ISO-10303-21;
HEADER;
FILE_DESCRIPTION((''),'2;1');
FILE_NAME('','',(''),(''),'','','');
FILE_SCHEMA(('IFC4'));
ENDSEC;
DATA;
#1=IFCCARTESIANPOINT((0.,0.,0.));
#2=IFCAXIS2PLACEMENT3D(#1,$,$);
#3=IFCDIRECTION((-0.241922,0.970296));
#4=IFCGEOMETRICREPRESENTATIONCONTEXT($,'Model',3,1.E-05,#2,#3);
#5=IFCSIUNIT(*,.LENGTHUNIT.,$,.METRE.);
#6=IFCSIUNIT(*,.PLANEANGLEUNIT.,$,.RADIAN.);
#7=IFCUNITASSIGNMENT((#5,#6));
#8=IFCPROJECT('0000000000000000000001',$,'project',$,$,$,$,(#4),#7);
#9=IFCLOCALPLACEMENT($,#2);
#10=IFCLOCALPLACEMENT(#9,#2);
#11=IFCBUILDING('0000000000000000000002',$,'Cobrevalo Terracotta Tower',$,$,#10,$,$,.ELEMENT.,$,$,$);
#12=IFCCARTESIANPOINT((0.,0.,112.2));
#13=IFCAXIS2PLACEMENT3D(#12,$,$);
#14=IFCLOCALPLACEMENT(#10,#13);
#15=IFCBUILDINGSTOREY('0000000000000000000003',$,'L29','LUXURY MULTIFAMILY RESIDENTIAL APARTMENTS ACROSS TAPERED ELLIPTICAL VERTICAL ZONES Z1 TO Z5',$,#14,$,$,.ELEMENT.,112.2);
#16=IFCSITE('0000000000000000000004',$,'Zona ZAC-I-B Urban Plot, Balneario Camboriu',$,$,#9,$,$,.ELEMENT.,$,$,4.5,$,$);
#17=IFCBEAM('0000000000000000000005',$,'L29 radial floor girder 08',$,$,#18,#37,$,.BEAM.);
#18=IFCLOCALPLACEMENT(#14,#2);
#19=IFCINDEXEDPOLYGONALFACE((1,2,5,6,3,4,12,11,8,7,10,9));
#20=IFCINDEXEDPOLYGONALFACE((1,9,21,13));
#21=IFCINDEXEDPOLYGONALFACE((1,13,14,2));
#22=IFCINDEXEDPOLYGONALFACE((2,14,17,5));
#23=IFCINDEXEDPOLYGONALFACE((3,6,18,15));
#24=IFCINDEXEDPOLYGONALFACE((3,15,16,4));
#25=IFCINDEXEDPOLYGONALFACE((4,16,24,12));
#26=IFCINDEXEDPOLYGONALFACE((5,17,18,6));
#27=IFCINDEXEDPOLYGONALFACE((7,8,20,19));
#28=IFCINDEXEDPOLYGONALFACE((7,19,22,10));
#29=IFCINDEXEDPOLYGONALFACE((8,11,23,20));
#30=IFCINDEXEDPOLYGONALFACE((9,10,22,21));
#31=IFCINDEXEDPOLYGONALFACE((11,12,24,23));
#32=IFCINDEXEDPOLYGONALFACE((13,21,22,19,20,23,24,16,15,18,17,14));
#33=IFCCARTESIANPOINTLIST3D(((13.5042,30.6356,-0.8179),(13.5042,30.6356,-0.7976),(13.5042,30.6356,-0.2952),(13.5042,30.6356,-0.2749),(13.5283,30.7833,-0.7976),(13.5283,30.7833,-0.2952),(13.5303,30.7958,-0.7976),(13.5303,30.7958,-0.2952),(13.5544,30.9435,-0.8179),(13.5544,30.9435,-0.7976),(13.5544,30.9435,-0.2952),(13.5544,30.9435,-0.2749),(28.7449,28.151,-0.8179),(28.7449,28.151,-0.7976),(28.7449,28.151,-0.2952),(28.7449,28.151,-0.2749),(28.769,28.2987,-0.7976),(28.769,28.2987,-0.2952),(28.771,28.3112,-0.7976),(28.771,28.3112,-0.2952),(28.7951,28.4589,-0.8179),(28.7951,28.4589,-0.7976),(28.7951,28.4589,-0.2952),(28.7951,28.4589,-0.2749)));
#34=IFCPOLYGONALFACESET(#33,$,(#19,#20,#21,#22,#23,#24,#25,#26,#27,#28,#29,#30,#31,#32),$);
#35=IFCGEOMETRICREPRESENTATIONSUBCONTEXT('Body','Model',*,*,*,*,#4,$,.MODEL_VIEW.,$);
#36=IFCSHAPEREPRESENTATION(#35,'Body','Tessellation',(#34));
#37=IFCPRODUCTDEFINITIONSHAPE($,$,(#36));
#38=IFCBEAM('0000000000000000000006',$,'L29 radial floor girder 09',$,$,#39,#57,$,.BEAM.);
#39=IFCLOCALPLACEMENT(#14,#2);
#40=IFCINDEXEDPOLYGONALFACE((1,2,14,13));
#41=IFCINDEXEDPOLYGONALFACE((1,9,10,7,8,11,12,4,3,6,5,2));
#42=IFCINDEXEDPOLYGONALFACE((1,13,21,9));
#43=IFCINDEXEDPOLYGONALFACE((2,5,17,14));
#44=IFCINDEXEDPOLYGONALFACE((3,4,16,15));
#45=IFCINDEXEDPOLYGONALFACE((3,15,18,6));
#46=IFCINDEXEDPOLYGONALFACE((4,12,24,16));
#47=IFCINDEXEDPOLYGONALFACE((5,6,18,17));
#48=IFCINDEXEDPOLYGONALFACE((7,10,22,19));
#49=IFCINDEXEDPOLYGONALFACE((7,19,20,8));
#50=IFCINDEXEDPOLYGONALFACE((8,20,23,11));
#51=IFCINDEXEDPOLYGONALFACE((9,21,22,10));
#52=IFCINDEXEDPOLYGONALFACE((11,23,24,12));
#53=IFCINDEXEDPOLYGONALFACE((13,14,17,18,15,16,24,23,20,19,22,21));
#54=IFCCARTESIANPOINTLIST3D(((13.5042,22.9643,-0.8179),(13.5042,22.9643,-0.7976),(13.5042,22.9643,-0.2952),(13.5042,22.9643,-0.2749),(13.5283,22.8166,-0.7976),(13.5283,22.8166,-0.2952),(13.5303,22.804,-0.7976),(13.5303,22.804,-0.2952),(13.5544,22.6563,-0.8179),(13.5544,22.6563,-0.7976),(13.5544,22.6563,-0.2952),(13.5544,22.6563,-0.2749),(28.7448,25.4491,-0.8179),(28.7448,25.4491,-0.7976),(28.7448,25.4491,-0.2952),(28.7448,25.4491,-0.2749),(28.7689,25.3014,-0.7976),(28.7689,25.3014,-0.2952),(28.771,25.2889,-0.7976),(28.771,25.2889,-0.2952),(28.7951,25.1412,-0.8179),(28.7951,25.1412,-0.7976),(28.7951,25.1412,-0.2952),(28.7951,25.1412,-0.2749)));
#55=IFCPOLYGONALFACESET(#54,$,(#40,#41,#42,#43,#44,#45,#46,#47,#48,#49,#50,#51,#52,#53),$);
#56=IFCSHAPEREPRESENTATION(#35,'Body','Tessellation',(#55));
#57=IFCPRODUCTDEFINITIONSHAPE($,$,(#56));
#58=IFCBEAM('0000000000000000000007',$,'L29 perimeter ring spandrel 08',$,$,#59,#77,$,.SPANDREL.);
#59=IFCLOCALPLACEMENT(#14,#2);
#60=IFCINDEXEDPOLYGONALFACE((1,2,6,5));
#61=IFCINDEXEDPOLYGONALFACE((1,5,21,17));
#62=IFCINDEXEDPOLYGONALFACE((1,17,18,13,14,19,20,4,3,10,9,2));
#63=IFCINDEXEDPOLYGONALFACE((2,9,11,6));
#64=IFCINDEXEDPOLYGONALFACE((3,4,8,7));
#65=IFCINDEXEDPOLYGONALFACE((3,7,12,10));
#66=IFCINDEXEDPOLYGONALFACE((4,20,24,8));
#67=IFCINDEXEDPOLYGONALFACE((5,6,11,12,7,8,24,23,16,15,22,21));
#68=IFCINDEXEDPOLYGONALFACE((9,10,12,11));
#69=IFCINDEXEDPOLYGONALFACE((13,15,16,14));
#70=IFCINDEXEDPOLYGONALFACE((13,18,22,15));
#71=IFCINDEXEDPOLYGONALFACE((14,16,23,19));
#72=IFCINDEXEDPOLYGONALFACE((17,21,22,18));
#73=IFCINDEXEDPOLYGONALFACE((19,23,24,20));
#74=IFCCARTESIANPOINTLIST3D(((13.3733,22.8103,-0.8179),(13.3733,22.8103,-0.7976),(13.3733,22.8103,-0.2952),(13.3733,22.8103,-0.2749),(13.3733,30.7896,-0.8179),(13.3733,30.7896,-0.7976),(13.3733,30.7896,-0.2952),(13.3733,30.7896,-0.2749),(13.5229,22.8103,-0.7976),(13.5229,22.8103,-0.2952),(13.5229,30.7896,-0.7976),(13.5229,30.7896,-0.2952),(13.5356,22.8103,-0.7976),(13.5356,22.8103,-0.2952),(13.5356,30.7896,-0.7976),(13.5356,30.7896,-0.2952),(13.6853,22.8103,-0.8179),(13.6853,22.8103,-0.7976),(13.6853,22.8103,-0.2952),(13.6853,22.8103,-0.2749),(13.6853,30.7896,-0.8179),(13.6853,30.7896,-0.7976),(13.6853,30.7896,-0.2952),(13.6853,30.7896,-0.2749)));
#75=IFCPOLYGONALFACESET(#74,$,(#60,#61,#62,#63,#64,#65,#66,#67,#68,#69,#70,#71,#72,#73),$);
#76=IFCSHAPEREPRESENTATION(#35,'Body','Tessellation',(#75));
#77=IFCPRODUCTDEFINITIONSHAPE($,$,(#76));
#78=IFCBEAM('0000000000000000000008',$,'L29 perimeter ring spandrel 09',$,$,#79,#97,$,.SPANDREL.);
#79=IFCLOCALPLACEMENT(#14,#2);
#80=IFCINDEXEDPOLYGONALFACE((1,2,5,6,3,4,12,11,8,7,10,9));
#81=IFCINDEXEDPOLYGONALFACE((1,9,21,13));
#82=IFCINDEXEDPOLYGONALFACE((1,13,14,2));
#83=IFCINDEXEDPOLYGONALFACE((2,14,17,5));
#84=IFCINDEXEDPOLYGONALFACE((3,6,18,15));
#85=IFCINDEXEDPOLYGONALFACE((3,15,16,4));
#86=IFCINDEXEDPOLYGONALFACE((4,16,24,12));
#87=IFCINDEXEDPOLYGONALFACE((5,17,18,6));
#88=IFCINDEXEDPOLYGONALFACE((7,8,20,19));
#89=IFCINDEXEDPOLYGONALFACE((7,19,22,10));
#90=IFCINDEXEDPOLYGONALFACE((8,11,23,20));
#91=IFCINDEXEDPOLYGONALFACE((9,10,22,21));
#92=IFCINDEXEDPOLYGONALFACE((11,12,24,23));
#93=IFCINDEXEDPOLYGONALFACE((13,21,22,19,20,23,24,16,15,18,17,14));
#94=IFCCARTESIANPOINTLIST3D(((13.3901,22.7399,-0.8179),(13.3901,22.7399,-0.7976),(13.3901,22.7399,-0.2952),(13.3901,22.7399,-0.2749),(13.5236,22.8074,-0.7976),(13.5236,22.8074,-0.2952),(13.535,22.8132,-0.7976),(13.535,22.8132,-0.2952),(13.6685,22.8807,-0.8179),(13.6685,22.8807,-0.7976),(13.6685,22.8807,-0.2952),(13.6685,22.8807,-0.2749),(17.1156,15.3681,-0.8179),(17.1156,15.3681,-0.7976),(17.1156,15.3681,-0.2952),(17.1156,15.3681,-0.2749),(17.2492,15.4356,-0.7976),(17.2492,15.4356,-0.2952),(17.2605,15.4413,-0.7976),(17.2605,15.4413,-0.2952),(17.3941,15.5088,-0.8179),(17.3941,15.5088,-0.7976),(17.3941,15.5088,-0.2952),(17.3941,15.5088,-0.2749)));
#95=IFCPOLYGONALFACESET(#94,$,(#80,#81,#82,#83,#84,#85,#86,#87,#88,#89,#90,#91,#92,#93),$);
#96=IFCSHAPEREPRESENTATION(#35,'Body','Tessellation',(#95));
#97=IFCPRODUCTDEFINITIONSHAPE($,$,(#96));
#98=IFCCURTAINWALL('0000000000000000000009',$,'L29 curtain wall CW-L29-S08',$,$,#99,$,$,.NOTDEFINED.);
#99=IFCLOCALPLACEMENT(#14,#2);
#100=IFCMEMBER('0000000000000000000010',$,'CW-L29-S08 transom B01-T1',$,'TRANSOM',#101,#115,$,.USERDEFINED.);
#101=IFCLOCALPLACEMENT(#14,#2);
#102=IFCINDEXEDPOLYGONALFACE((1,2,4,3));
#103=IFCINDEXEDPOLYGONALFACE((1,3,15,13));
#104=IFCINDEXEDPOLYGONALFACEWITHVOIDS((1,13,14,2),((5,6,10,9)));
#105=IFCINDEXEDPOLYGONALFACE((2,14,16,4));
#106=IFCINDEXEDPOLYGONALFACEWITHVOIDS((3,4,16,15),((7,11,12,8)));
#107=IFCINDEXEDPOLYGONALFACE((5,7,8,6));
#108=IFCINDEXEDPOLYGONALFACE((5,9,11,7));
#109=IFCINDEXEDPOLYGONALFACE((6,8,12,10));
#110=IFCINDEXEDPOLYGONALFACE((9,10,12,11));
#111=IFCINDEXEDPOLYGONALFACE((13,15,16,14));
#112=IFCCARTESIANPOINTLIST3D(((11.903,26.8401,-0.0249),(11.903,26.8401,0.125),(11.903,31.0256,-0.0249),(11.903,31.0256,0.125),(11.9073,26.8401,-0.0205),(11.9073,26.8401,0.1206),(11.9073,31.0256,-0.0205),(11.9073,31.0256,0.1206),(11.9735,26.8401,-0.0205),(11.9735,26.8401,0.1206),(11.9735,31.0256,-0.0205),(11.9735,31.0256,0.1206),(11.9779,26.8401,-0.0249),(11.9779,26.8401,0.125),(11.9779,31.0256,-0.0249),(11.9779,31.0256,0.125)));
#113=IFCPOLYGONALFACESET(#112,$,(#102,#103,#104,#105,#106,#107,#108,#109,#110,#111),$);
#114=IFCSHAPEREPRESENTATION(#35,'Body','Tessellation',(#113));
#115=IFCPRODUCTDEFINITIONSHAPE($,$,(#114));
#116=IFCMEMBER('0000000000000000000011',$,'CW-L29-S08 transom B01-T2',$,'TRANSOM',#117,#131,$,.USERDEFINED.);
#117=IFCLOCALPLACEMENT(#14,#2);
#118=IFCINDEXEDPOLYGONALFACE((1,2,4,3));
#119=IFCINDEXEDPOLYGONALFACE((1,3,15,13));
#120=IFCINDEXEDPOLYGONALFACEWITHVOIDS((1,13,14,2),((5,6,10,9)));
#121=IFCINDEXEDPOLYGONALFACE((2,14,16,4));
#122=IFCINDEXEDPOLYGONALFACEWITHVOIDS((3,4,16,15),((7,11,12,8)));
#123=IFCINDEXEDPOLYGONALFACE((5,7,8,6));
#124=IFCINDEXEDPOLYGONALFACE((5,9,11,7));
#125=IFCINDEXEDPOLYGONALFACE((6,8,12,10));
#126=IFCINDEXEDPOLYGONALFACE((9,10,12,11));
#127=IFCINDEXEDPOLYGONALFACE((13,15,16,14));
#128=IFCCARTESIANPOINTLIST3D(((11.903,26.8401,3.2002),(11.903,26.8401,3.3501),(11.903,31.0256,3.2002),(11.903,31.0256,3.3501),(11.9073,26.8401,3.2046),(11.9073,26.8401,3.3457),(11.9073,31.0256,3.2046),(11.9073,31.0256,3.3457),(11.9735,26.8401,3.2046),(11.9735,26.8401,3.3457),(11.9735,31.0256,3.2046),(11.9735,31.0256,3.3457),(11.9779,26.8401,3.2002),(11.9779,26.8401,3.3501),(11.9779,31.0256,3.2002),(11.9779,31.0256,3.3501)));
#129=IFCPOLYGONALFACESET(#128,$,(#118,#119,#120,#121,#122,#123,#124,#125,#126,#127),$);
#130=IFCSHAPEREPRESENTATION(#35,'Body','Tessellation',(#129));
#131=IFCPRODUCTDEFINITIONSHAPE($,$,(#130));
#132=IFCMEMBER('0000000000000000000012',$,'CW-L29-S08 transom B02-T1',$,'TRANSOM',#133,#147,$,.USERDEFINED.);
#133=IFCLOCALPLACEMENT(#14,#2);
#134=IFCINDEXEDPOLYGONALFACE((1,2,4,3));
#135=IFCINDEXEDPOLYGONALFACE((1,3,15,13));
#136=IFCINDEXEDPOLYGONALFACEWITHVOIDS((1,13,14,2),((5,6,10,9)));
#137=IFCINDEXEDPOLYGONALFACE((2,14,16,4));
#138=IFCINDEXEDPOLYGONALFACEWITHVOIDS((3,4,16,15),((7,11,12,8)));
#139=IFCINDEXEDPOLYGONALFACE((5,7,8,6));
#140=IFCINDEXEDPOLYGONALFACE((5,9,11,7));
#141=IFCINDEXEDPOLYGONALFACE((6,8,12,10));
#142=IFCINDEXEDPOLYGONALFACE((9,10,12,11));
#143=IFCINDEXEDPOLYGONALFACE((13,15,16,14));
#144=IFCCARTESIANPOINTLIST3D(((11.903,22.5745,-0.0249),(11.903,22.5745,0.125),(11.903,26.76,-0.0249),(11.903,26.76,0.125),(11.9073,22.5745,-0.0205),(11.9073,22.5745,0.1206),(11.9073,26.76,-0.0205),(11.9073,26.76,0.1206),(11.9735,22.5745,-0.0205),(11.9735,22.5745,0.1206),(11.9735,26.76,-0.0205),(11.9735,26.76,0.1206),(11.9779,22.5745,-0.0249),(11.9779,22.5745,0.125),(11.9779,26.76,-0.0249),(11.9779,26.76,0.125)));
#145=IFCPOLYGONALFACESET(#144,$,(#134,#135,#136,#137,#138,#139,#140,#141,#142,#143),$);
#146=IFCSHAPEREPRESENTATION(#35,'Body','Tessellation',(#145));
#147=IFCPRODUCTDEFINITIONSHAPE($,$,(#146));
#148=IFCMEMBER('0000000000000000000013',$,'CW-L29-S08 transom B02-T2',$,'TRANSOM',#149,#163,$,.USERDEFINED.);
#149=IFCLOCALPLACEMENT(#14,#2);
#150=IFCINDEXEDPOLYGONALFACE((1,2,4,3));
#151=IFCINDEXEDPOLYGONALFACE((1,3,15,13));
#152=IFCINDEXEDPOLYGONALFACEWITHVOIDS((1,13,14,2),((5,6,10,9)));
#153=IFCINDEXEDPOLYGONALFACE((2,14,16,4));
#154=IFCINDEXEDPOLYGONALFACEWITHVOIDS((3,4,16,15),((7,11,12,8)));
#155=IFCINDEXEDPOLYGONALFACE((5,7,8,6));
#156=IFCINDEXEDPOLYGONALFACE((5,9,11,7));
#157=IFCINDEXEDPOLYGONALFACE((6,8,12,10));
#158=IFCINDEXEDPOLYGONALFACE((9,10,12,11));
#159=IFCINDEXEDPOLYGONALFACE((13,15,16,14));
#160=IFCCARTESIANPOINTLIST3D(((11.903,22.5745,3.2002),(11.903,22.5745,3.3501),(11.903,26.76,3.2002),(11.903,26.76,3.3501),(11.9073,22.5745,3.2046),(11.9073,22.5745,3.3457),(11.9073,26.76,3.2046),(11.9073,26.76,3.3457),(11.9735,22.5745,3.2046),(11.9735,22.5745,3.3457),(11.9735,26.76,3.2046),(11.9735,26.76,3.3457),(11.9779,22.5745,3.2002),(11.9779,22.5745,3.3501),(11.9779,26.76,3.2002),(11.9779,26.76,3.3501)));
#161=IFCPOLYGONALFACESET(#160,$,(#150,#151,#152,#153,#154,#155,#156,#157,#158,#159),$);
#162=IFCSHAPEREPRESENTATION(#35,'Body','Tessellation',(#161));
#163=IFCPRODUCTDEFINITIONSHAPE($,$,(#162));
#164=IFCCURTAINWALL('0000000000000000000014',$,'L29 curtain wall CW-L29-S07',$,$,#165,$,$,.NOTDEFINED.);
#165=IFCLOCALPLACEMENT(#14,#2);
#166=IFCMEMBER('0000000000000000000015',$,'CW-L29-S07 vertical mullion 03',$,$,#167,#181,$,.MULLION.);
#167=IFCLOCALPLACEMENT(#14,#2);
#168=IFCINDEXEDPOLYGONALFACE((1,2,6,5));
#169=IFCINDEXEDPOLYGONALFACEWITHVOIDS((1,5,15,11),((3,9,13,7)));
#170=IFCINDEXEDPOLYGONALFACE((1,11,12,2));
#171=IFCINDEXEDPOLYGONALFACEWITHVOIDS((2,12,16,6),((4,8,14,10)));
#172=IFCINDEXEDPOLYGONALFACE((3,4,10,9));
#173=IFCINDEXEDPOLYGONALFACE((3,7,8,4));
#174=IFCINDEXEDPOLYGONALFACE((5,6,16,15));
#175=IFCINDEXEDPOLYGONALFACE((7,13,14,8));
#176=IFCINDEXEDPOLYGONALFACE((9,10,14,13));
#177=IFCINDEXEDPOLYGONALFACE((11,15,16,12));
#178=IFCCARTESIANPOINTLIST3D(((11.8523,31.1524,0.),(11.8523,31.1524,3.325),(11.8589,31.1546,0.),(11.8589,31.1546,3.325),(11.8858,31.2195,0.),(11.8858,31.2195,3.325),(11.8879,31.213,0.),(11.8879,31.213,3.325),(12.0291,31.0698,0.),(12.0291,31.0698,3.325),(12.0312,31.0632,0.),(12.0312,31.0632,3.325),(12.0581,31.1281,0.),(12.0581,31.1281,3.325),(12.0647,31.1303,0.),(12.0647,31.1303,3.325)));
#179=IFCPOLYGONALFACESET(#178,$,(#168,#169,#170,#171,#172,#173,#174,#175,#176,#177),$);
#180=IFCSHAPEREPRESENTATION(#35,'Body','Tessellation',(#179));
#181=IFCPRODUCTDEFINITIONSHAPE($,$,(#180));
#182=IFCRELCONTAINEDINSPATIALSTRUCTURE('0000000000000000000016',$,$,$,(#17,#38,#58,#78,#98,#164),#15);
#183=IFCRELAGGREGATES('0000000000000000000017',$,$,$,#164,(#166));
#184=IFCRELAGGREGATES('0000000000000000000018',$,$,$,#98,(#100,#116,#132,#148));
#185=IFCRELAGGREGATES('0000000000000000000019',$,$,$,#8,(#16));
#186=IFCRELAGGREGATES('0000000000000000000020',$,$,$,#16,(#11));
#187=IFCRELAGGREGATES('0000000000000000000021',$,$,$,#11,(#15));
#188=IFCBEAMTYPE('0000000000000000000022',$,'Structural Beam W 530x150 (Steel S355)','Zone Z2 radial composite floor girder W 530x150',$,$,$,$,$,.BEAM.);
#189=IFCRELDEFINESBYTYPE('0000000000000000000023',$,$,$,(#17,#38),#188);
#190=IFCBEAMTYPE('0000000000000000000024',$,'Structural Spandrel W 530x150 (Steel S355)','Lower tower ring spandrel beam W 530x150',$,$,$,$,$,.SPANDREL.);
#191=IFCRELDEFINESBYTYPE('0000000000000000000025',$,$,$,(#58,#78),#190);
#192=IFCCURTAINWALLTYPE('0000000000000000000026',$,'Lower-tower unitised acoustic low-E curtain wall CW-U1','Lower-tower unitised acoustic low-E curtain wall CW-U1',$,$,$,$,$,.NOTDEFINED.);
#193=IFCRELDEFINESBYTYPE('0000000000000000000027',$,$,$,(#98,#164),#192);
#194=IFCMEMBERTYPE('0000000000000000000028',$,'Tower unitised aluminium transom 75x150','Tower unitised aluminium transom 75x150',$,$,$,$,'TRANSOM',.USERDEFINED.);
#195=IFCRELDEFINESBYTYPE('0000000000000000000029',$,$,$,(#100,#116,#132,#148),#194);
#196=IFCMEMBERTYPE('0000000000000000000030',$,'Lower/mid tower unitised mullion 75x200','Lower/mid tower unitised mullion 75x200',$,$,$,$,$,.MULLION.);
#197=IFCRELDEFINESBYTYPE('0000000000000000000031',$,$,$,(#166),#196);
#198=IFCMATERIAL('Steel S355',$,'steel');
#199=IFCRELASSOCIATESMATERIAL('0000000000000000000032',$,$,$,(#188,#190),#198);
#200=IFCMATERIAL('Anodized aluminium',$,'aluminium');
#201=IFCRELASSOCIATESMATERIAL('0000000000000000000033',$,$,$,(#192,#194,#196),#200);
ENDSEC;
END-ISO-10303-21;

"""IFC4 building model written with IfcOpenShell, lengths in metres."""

from ifc_helpers import new_model, si_unit, direction, frame, origin, origin_2d, place, context, subcontext, project, spatial, hollow_rectangle, i_section, extrude, source, transform, mapped, material, material_profile, profile_set, type_object, element, aggregate, save


model = new_model("IFC4")

# Units and contexts
model_context = context("Model", 3, precision=1e-05, world=origin(), true_north=direction((-0.241922, 0.970296)))
body_context = subcontext(model_context, "Body", "Model", "MODEL_VIEW")
ifc_project = project(units=[si_unit("LENGTHUNIT", "METRE"), si_unit("PLANEANGLEUNIT", "RADIAN")], contexts=[model_context])

# Site, building, storey
site_placement = place(None, origin())
site = spatial("IfcSite", under=ifc_project, at=site_placement, Name="Zona ZAC-I-B Urban Plot, Balneario Camboriu", CompositionType="ELEMENT", RefElevation=4.5)
building_placement = place(site_placement, origin())
building = spatial("IfcBuilding", under=site, at=building_placement, Name="Cobrevalo Terracotta Tower", CompositionType="ELEMENT")
storey_placement = place(building_placement, frame((0.0, 0.0, 112.2)))
storey = spatial("IfcBuildingStorey", under=building, at=storey_placement, Name="L29", Description="LUXURY MULTIFAMILY RESIDENTIAL APARTMENTS ACROSS TAPERED ELLIPTICAL VERTICAL ZONES Z1 TO Z5", CompositionType="ELEMENT", Elevation=112.2)

# Shared definitions
ifc_material_1 = material(Name="Steel S355", Category="steel")

# Beams
ifc_material_profile_1 = material_profile(ifc_material_1, i_section(OverallWidth=0.312, OverallDepth=0.543, WebThickness=0.0127, FlangeThickness=0.0203, at=origin_2d()), Name="W 530x150")
ifc_profile_set_1 = profile_set([ifc_material_profile_1], Name="Steel S355")
beam_type_1 = type_object("IfcBeamType", Name="Structural Beam W 530x150 (Steel S355)", Description="Zone Z2 radial composite floor girder W 530x150", PredefinedType="BEAM", material=ifc_profile_set_1)
for number, where, z_axis, x_axis, name in (
    (1, (13.5293, 30.7896, -0.5464), (0.986971, -0.160901, 0.0), (0.160901, 0.986971, 0.0), "L29 radial floor girder 08"),
    (2, (13.5293, 22.8103, -0.5464), (0.986968, 0.160916, 0.0), (-0.160916, 0.986968, 0.0), "L29 radial floor girder 09"),
):
    element("IfcBeam", number, at=place(storey_placement, frame(where, z_axis=z_axis, x_axis=x_axis)), inside=storey, type_object=beam_type_1, Name=name, PredefinedType="BEAM", context=body_context, shape_type="SweptSolid", body=[
        extrude(i_section(OverallWidth=0.312, OverallDepth=0.543, WebThickness=0.0127, FlangeThickness=0.0203, at=origin_2d()), origin(), (0.0, 0.0, 1.0), 15.4419),
    ])
ifc_material_profile_2 = material_profile(ifc_material_1, i_section(OverallWidth=0.312, OverallDepth=0.543, WebThickness=0.0127, FlangeThickness=0.0203, at=origin_2d()), Name="W 530x150")
ifc_profile_set_2 = profile_set([ifc_material_profile_2], Name="Steel S355")
beam_type_2 = type_object("IfcBeamType", Name="Structural Spandrel W 530x150 (Steel S355)", Description="Lower tower ring spandrel beam W 530x150", PredefinedType="SPANDREL", material=ifc_profile_set_2)
beam_1_placement = place(storey_placement, frame((13.5293, 30.7896, -0.5464), z_axis=(0.0, -1.0, 0.0), x_axis=(1.0, 0.0, 0.0)))
element("IfcBeam", 3, at=beam_1_placement, inside=storey, type_object=beam_type_2, Name="L29 perimeter ring spandrel 08", PredefinedType="SPANDREL", context=body_context, shape_type="SweptSolid", body=[
    extrude(i_section(OverallWidth=0.312, OverallDepth=0.543, WebThickness=0.0127, FlangeThickness=0.0203, at=origin_2d()), origin(), (0.0, 0.0, 1.0), 7.9792),
])
beam_2_placement = place(storey_placement, frame((13.5293, 22.8103, -0.5464), z_axis=(0.451052, -0.892498, 0.0), x_axis=(0.892498, 0.451052, 0.0)))
element("IfcBeam", 4, at=beam_2_placement, inside=storey, type_object=beam_type_2, Name="L29 perimeter ring spandrel 09", PredefinedType="SPANDREL", context=body_context, shape_type="SweptSolid", body=[
    extrude(i_section(OverallWidth=0.312, OverallDepth=0.543, WebThickness=0.0127, FlangeThickness=0.0203, at=origin_2d()), origin(), (0.0, 0.0, 1.0), 8.2598),
])

# Curtain wall, members
ifc_material_2 = material(Name="Anodized aluminium", Category="aluminium")
curtain_wall_type = type_object("IfcCurtainWallType", Name="Lower-tower unitised acoustic low-E curtain wall CW-U1", Description="Lower-tower unitised acoustic low-E curtain wall CW-U1", PredefinedType="NOTDEFINED", material=ifc_material_2)
curtain_wall_1_placement = place(storey_placement, origin())
curtain_wall_1 = element("IfcCurtainWall", 5, at=curtain_wall_1_placement, inside=storey, type_object=curtain_wall_type, Name="L29 curtain wall CW-L29-S08", PredefinedType="NOTDEFINED")
ifc_material_profile_3 = material_profile(ifc_material_2, hollow_rectangle(XDim=0.075, YDim=0.1499, WallThickness=0.0044, at=origin_2d()), Name="CWT 75x150")
ifc_profile_set_3 = profile_set([ifc_material_profile_3], Name="Anodized aluminium")
member_type_1 = type_object("IfcMemberType", Name="Tower unitised aluminium transom 75x150", Description="Tower unitised aluminium transom 75x150", ElementType="TRANSOM", PredefinedType="USERDEFINED", material=ifc_profile_set_3)
shared_shape_1 = source(origin(), body_context, "Body", "SweptSolid", [
    extrude(hollow_rectangle(XDim=0.075, YDim=0.1499, WallThickness=0.0044, at=origin_2d()), origin(), (0.0, 0.0, 1.0), 4.1855),
])
member_1_placement = place(storey_placement, frame((11.9404, 31.0256, 0.05), z_axis=(0.0, -1.0, 0.0), x_axis=(1.0, 0.0, 0.0)))
member_1 = element("IfcMember", 6, at=member_1_placement, type_object=member_type_1, Name="CW-L29-S08 transom B01-T1", ObjectType="TRANSOM", PredefinedType="USERDEFINED", context=body_context, shape_type="MappedRepresentation", body=[
    mapped(shared_shape_1, transform((0.0, 0.0, 0.0), scale=1.0)),
])
member_2_placement = place(storey_placement, frame((11.9404, 31.0256, 3.2751), z_axis=(0.0, -1.0, 0.0), x_axis=(1.0, 0.0, 0.0)))
member_2 = element("IfcMember", 7, at=member_2_placement, type_object=member_type_1, Name="CW-L29-S08 transom B01-T2", ObjectType="TRANSOM", PredefinedType="USERDEFINED", context=body_context, shape_type="MappedRepresentation", body=[
    mapped(shared_shape_1, transform((0.0, 0.0, 0.0), scale=1.0)),
])
member_3_placement = place(storey_placement, frame((11.9404, 26.76, 0.05), z_axis=(0.0, -1.0, 0.0), x_axis=(1.0, 0.0, 0.0)))
member_3 = element("IfcMember", 8, at=member_3_placement, type_object=member_type_1, Name="CW-L29-S08 transom B02-T1", ObjectType="TRANSOM", PredefinedType="USERDEFINED", context=body_context, shape_type="MappedRepresentation", body=[
    mapped(shared_shape_1, transform((0.0, 0.0, 0.0), scale=1.0)),
])
member_4_placement = place(storey_placement, frame((11.9404, 26.76, 3.2751), z_axis=(0.0, -1.0, 0.0), x_axis=(1.0, 0.0, 0.0)))
member_4 = element("IfcMember", 9, at=member_4_placement, type_object=member_type_1, Name="CW-L29-S08 transom B02-T2", ObjectType="TRANSOM", PredefinedType="USERDEFINED", context=body_context, shape_type="MappedRepresentation", body=[
    mapped(shared_shape_1, transform((0.0, 0.0, 0.0), scale=1.0)),
])

# Curtain wall, member
curtain_wall_2_placement = place(storey_placement, origin())
curtain_wall_2 = element("IfcCurtainWall", 10, at=curtain_wall_2_placement, inside=storey, type_object=curtain_wall_type, Name="L29 curtain wall CW-L29-S07", PredefinedType="NOTDEFINED")
ifc_material_profile_4 = material_profile(ifc_material_2, hollow_rectangle(XDim=0.075, YDim=0.2, WallThickness=0.0049, at=origin_2d()), Name="CWM 75x200")
ifc_profile_set_4 = profile_set([ifc_material_profile_4], Name="Anodized aluminium")
member_type_2 = type_object("IfcMemberType", Name="Lower/mid tower unitised mullion 75x200", Description="Lower/mid tower unitised mullion 75x200", PredefinedType="MULLION", material=ifc_profile_set_4)
shared_shape_2 = source(origin(), body_context, "Body", "SweptSolid", [
    extrude(hollow_rectangle(XDim=0.075, YDim=0.2, WallThickness=0.0049, at=origin_2d()), origin(), (0.0, 0.0, 1.0), 3.325),
])
member_5_placement = place(storey_placement, frame((11.9585, 31.1414, 0.0), z_axis=(0.0, 0.0, 1.0), x_axis=(-0.44626, -0.894903, 0.0)))
member_5 = element("IfcMember", 11, at=member_5_placement, type_object=member_type_2, Name="CW-L29-S07 vertical mullion 03", PredefinedType="MULLION", context=body_context, shape_type="MappedRepresentation", body=[
    mapped(shared_shape_2, transform((0.0, 0.0, 0.0), scale=1.0)),
])

aggregate(curtain_wall_2, [member_5])
aggregate(curtain_wall_1, [member_1, member_2, member_3, member_4])

save(model, "model.ifc")
